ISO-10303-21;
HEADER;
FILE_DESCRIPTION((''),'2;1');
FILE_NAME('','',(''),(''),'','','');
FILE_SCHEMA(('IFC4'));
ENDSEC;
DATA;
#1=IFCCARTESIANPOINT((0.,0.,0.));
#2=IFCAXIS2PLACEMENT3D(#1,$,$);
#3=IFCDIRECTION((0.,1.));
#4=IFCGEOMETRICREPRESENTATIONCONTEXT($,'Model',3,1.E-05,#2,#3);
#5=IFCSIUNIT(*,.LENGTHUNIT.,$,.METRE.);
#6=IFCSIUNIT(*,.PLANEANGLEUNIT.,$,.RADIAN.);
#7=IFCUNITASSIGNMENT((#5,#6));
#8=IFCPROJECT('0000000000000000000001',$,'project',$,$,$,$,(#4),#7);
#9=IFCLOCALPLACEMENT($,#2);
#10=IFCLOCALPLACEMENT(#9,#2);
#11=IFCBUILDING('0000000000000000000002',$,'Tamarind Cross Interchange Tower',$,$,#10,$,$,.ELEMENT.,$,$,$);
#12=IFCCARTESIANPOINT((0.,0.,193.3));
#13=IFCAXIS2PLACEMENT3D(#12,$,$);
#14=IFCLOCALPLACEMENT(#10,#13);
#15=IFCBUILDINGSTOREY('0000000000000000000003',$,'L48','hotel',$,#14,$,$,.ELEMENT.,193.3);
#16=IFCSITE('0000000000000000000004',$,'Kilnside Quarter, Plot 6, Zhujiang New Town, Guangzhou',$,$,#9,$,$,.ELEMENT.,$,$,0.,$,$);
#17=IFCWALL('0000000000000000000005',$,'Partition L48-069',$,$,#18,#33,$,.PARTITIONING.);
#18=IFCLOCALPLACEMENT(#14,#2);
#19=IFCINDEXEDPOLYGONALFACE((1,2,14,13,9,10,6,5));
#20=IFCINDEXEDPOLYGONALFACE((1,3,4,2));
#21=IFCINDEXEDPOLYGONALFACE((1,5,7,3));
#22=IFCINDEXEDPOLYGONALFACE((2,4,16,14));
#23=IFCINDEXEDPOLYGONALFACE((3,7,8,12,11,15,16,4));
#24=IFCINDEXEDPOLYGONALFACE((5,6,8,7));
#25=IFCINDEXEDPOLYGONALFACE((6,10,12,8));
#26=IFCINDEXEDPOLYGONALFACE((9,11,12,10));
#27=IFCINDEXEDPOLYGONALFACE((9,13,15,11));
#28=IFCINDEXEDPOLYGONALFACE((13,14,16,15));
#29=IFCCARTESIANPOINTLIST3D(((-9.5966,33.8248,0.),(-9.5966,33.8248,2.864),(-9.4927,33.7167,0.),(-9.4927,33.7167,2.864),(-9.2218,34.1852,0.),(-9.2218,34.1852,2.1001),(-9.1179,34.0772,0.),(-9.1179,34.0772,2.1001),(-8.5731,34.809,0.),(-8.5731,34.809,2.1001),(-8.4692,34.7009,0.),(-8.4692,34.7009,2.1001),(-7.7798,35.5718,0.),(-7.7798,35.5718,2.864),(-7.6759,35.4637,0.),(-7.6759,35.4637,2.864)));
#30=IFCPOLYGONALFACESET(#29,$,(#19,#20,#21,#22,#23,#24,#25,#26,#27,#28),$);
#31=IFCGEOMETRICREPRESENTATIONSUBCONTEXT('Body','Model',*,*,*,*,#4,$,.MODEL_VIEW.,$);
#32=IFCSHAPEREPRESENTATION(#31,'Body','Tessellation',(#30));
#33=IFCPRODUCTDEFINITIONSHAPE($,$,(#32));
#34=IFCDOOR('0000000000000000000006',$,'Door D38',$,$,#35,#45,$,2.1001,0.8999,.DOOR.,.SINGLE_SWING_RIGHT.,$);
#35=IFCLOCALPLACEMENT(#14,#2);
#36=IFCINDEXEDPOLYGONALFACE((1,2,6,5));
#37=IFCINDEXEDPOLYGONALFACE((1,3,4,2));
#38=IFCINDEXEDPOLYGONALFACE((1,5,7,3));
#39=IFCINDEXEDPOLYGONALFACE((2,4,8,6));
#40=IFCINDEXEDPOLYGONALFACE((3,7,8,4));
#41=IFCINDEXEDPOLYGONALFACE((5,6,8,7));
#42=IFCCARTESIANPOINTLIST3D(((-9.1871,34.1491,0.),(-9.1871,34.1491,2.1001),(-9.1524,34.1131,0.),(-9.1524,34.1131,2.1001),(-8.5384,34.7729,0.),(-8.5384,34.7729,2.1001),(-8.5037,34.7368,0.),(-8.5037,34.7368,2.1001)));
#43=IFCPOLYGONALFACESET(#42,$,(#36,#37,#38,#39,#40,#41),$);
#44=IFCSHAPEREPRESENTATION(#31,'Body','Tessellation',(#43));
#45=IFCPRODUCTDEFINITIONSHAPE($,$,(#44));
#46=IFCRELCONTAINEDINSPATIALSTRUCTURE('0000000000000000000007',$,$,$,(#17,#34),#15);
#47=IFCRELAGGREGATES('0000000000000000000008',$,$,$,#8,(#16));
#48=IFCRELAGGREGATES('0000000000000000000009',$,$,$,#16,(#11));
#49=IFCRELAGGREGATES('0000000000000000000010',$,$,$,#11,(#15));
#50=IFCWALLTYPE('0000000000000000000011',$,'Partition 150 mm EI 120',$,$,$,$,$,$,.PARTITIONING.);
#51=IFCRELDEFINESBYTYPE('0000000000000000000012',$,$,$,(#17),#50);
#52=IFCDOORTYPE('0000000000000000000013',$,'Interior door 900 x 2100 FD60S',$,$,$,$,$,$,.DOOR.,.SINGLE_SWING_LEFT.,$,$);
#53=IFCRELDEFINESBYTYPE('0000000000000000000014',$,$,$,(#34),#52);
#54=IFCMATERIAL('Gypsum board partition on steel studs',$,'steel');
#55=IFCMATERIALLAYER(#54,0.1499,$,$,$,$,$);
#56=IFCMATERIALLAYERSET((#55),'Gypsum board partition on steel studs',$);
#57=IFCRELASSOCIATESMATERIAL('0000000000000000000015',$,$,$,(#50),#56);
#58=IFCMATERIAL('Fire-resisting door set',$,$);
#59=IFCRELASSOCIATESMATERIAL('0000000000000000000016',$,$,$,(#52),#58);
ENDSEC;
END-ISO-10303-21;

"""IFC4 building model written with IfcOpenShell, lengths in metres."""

from ifc_helpers import new_model, si_unit, direction, frame, frame_2d, origin, place, context, subcontext, project, spatial, rectangle, extrude, material, layer, layer_set, type_object, element, fill, save


model = new_model("IFC4")

# Units and contexts
model_context = context("Model", 3, precision=1e-05, world=origin(), true_north=direction((0.0, 1.0)))
body_context = subcontext(model_context, "Body", "Model", "MODEL_VIEW")
ifc_project = project(units=[si_unit("LENGTHUNIT", "METRE"), si_unit("PLANEANGLEUNIT", "RADIAN")], contexts=[model_context])

# Site, building, storey
site_placement = place(None, origin())
site = spatial("IfcSite", under=ifc_project, at=site_placement, Name="Kilnside Quarter, Plot 6, Zhujiang New Town, Guangzhou", CompositionType="ELEMENT", RefElevation=0.0)
building_placement = place(site_placement, origin())
building = spatial("IfcBuilding", under=site, at=building_placement, Name="Tamarind Cross Interchange Tower", CompositionType="ELEMENT")
storey_placement = place(building_placement, frame((0.0, 0.0, 193.3)))
storey = spatial("IfcBuildingStorey", under=building, at=storey_placement, Name="L48", Description="hotel", CompositionType="ELEMENT", Elevation=193.3)

# Shared definitions
ifc_material_1 = material(Name="Gypsum board partition on steel studs", Category="steel")
ifc_layer_1 = layer(ifc_material_1, 0.1499)
ifc_layer_set_1 = layer_set([ifc_layer_1], Name="Gypsum board partition on steel studs")
wall_type = type_object("IfcWallType", Name="Partition 150 mm EI 120", PredefinedType="PARTITIONING", material=ifc_layer_set_1)

# Shared definitions
ifc_material_2 = material(Name="Fire-resisting door set")
door_type_1 = type_object("IfcDoorType", Name="Interior door 900 x 2100 FD60S", OperationType="SINGLE_SWING_LEFT", PredefinedType="DOOR", material=ifc_material_2)

# Wall, opening, door
wall_1_placement = place(storey_placement, frame((-9.5447, 33.7708, 0.0), z_axis=(0.0, 0.0, 1.0), x_axis=(0.720822, 0.69312, 0.0)))
wall_1 = element("IfcWall", 1, at=wall_1_placement, inside=storey, type_object=wall_type, Name="Partition L48-069", PredefinedType="PARTITIONING", context=body_context, shape_type="SweptSolid", body=[
    extrude(rectangle(XDim=2.5205, YDim=0.1499, at=frame_2d((1.2603, 0.0))), origin(), (0.0, 0.0, 1.0), 2.864),
])
opening_1_placement = place(wall_1_placement, frame((0.52, 0.0, 0.0)))
opening_1 = element("IfcOpeningElement", 2, at=opening_1_placement, cuts=wall_1, PredefinedType="OPENING", context=body_context, shape_type="SweptSolid", body=[
    extrude(rectangle(XDim=0.8999, YDim=2.1001, at=frame_2d((0.45, 1.05))), frame((0.0, 0.085, 0.0), z_axis=(0.0, -1.0, 0.0), x_axis=(1.0, 0.0, 0.0)), (0.0, 0.0, 1.0), 0.1699),
])
door_1_placement = place(opening_1_placement, origin())
door_1 = element("IfcDoor", 3, at=door_1_placement, inside=storey, type_object=door_type_1, Name="Door D38", OperationType="SINGLE_SWING_RIGHT", OverallHeight=2.1001, OverallWidth=0.8999, PredefinedType="DOOR", context=body_context, shape_type="SweptSolid", body=[
    extrude(rectangle(XDim=0.8999, YDim=2.1001, at=frame_2d((0.45, 1.05))), frame((0.0, 0.0249, 0.0), z_axis=(0.0, -1.0, 0.0), x_axis=(1.0, 0.0, 0.0)), (0.0, 0.0, 1.0), 0.05),
])
fill(opening_1, door_1)

save(model, "model.ifc")
